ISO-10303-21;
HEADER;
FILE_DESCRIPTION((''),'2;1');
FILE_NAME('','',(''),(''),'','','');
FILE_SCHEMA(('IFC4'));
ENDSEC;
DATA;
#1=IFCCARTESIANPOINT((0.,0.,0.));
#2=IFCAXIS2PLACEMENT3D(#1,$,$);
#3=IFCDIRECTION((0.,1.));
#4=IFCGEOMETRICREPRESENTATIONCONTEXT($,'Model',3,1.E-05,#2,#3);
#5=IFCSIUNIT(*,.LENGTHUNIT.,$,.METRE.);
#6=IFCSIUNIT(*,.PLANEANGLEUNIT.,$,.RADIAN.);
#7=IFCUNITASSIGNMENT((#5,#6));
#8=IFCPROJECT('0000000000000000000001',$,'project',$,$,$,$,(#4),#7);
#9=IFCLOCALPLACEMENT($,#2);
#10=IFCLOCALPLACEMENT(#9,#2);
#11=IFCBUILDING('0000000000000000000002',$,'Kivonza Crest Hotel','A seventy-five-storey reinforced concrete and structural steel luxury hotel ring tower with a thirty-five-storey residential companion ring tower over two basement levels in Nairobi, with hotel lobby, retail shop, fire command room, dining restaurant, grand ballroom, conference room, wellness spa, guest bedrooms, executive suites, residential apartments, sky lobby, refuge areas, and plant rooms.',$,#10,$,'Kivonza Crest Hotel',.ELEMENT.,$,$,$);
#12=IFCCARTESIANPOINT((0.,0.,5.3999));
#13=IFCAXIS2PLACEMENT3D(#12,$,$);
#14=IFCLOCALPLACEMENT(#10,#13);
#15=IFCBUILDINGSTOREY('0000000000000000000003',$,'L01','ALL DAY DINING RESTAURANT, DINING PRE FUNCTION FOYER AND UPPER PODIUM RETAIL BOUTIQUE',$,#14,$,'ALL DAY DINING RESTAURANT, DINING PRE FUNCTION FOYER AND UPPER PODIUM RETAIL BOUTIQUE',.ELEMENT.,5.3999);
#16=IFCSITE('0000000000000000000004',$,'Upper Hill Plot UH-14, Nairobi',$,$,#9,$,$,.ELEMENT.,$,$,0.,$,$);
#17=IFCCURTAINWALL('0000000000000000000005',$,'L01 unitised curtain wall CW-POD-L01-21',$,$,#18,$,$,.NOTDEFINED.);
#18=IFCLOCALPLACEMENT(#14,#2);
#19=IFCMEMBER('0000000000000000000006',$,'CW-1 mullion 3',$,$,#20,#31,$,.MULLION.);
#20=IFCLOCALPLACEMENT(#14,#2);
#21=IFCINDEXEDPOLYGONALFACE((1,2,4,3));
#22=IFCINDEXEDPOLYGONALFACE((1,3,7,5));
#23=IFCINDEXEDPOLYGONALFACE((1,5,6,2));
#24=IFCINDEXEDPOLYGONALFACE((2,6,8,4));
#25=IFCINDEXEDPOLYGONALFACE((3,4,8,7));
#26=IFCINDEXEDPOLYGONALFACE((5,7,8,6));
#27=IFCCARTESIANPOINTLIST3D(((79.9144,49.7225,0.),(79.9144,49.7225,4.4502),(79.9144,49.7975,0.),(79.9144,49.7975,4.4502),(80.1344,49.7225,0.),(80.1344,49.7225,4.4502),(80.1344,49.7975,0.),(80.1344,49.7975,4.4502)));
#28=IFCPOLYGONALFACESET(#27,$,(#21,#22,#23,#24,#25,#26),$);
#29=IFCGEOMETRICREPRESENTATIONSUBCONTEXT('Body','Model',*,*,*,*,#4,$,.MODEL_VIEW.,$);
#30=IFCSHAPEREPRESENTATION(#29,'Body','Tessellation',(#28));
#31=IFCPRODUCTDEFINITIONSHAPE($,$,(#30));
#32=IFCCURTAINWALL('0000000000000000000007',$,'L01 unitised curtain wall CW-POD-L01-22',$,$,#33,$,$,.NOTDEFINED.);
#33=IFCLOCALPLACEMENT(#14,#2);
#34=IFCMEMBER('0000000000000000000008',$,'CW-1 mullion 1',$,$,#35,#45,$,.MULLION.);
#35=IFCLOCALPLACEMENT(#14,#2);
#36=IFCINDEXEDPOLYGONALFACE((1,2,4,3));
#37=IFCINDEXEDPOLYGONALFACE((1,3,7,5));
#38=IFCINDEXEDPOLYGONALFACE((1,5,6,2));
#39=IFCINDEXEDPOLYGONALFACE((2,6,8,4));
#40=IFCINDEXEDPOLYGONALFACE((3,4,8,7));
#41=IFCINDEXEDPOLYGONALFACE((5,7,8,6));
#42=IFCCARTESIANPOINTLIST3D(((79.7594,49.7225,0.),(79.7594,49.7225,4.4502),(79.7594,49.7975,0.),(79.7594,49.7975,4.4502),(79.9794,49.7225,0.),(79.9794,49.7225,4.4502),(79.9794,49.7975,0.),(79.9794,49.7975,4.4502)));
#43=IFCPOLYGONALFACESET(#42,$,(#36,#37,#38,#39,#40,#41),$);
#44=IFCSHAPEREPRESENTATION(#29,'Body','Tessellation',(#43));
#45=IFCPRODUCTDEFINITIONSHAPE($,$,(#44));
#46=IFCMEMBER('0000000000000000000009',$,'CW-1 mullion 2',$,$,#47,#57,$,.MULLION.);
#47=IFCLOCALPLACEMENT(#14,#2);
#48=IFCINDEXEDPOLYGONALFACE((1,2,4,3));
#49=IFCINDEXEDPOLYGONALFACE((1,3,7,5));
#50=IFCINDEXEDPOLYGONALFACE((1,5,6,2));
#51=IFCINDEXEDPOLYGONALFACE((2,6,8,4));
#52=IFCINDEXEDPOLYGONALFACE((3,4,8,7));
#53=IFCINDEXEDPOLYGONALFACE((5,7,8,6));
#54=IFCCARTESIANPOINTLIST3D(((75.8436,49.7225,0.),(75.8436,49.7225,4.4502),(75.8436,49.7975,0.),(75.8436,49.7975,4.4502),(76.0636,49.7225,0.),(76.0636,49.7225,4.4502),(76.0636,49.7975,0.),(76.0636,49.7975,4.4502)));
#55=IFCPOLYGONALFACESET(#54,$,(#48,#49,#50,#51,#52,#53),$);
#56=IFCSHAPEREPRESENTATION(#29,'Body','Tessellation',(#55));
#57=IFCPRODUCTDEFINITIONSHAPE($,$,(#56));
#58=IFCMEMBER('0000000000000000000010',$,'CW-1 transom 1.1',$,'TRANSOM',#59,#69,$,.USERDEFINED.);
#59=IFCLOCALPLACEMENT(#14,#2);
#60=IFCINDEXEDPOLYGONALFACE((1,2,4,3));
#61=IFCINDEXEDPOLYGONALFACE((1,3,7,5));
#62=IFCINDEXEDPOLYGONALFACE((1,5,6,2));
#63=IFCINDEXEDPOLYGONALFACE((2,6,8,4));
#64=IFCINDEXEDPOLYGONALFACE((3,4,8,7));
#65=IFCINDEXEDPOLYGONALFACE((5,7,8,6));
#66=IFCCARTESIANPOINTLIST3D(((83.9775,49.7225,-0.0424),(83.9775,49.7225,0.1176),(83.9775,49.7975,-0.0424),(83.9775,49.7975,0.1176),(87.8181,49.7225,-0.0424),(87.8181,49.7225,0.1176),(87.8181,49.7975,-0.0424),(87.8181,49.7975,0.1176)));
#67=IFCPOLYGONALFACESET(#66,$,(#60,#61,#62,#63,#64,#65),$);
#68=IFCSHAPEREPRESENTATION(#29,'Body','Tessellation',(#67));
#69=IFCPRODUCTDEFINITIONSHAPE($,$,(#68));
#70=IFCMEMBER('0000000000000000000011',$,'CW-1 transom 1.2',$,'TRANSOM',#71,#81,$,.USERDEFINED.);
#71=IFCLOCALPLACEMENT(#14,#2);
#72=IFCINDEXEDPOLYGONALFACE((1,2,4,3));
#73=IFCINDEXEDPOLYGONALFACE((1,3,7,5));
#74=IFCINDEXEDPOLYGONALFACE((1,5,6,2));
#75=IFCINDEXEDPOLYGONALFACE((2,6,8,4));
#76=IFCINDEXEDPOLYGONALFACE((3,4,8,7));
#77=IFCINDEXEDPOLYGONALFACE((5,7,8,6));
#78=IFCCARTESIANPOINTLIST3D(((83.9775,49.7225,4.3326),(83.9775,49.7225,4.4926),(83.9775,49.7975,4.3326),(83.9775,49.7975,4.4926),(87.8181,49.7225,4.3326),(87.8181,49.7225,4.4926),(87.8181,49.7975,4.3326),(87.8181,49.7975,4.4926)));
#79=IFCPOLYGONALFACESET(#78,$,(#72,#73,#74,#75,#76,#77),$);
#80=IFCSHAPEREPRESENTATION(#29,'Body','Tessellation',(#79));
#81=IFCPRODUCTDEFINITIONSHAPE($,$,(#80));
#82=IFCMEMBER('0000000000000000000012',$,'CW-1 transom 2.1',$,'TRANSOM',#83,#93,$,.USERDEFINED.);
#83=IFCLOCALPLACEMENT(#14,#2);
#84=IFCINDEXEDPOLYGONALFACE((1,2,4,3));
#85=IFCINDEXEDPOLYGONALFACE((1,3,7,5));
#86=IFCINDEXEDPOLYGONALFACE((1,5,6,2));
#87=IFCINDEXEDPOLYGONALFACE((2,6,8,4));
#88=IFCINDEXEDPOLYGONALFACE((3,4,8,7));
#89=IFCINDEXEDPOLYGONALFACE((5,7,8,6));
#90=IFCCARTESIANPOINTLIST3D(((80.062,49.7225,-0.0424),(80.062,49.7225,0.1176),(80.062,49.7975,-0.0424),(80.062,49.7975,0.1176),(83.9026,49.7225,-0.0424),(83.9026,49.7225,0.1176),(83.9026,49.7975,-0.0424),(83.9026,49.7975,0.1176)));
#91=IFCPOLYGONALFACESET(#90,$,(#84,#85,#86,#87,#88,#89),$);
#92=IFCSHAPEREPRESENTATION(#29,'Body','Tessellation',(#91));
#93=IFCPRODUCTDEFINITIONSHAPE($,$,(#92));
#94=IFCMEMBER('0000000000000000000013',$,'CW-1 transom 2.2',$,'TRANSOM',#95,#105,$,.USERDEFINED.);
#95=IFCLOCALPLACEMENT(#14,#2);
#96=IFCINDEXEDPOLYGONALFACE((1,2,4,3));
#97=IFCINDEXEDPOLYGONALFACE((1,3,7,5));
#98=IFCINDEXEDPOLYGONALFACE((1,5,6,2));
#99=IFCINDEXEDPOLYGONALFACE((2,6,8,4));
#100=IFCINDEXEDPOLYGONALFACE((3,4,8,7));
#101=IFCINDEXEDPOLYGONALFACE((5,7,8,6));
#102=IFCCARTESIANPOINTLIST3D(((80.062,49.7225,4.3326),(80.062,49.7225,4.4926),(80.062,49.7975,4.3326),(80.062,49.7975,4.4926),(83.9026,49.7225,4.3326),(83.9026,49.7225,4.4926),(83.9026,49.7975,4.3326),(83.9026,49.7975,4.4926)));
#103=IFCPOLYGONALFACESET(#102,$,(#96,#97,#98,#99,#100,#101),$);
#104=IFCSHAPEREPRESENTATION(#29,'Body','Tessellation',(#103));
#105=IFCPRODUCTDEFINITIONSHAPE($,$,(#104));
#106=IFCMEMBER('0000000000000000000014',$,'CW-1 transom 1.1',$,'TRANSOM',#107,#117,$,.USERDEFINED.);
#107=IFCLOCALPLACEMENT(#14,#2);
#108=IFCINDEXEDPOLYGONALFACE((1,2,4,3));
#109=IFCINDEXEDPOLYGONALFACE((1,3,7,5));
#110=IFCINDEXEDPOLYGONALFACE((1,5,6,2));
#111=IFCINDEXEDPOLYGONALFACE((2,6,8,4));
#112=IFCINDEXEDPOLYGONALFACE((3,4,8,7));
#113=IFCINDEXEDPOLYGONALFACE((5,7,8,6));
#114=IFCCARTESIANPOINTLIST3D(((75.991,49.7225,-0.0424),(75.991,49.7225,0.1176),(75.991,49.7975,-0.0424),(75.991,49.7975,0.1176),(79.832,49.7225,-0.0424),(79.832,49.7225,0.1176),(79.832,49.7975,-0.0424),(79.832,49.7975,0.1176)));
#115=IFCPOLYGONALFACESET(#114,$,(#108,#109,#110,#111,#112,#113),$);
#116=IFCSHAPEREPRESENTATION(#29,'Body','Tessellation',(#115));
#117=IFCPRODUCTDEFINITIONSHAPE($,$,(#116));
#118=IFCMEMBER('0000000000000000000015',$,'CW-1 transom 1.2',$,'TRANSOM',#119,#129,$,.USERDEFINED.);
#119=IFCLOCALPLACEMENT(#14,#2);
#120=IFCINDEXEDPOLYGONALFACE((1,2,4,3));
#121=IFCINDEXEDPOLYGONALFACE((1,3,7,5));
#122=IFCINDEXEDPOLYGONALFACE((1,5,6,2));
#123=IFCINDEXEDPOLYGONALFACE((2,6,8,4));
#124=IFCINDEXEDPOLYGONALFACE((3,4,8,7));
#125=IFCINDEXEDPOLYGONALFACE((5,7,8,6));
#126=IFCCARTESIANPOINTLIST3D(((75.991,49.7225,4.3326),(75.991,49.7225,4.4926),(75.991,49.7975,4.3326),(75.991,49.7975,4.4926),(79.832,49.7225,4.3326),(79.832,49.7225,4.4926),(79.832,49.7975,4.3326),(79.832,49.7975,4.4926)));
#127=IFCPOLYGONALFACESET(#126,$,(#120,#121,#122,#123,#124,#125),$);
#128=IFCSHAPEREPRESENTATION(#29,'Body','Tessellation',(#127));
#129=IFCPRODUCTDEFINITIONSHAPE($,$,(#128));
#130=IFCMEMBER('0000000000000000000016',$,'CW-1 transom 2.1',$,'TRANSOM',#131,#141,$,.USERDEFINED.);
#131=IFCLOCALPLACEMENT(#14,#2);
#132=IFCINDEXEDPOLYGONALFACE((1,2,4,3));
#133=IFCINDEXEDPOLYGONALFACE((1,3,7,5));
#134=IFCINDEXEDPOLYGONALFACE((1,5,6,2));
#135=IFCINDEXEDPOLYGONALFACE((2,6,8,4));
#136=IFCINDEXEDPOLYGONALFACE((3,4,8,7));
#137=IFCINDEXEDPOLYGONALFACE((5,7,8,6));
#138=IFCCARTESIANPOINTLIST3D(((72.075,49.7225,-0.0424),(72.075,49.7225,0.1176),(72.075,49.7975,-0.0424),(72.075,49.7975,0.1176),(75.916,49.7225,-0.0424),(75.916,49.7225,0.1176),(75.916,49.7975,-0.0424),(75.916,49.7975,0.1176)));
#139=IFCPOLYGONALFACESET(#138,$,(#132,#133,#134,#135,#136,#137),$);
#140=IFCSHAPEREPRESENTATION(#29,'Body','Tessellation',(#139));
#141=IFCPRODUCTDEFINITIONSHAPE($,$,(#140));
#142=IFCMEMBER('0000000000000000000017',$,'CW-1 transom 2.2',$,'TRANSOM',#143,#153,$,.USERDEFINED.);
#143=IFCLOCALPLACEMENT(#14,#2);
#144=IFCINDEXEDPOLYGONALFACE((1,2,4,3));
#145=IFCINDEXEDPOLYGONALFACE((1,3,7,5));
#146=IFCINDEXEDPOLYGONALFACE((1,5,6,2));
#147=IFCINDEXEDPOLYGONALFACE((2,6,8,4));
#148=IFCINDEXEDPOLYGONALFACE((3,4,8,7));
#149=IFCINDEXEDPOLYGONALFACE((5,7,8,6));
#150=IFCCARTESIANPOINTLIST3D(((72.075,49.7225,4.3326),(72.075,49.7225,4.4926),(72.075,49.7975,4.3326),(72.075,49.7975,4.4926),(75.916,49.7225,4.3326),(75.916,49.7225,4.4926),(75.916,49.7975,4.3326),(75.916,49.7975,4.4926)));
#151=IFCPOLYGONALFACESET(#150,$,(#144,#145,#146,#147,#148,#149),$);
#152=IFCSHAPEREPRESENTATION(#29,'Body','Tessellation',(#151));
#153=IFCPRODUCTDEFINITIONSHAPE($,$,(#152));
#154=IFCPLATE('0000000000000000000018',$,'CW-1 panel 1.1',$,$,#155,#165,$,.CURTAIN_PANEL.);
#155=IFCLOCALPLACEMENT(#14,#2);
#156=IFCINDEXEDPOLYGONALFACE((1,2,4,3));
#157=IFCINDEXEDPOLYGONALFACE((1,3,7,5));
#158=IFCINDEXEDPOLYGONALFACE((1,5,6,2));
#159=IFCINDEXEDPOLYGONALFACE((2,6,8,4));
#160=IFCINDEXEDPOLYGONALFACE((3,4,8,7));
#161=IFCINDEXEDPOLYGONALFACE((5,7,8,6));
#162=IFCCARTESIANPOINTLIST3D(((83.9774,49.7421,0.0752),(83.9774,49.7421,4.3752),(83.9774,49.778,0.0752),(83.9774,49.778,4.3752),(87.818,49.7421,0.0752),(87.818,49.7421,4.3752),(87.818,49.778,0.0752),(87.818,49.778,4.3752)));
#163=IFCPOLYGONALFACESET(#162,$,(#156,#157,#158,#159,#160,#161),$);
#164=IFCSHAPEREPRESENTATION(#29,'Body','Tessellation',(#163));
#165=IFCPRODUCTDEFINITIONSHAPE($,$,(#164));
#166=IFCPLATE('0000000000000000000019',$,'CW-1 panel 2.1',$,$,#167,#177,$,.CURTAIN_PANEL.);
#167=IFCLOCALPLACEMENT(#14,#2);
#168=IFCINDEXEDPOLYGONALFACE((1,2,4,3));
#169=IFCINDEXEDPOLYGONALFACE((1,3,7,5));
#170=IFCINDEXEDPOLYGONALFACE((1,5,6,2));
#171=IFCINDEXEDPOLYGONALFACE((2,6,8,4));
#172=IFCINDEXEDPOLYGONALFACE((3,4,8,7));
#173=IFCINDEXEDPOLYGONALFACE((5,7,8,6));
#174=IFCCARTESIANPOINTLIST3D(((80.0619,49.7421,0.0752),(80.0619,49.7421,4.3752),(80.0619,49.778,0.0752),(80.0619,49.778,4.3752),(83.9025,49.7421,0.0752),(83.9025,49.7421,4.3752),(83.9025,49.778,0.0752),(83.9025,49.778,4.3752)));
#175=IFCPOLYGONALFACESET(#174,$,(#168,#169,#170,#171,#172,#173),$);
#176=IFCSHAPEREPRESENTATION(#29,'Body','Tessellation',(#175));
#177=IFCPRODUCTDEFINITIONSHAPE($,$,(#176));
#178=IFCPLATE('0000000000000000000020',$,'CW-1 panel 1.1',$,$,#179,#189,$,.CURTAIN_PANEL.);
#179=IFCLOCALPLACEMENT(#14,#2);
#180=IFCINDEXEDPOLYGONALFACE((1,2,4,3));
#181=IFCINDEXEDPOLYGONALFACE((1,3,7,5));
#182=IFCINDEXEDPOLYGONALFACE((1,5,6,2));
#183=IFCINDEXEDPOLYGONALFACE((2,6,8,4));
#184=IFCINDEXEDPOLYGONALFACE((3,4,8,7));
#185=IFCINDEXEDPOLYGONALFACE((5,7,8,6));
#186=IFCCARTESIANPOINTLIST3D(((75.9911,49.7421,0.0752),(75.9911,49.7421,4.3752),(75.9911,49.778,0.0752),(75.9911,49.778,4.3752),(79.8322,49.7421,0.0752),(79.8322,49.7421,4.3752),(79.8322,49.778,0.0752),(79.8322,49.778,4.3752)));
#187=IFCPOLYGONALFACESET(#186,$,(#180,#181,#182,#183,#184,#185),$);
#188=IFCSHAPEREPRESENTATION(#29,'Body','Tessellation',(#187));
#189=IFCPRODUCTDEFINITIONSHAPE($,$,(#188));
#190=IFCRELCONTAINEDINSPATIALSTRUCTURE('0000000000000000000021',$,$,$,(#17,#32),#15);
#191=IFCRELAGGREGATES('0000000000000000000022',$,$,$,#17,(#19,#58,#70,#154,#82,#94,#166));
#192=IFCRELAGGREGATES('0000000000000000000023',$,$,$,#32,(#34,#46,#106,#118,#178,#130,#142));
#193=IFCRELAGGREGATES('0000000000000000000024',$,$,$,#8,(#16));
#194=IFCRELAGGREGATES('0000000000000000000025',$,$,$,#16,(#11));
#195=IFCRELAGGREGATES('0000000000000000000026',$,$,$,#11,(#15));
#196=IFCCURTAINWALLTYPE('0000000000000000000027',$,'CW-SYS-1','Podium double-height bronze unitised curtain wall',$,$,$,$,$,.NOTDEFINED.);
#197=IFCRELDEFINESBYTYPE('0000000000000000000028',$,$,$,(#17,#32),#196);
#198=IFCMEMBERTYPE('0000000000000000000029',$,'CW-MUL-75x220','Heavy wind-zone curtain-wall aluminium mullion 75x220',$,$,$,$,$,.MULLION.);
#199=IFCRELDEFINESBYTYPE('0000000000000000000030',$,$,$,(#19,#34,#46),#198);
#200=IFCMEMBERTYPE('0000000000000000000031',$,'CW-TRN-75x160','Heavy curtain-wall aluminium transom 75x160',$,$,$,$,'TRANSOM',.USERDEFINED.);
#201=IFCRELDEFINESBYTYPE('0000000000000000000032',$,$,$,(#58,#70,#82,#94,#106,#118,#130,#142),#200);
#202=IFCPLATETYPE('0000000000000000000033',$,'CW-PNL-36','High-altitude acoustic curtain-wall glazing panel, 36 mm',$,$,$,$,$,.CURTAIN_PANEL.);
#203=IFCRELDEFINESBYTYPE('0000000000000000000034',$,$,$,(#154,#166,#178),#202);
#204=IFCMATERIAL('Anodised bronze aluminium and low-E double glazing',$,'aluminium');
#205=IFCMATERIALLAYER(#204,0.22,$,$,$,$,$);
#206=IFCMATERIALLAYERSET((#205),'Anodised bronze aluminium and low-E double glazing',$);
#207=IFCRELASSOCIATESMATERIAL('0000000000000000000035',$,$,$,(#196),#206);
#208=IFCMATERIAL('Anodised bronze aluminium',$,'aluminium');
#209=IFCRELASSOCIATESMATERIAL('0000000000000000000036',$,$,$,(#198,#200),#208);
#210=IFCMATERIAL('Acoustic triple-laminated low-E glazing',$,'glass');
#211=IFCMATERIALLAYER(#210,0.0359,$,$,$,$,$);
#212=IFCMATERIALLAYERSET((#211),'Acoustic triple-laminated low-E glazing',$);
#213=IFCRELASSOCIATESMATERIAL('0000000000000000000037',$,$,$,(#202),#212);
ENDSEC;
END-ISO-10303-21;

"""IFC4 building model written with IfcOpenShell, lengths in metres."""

from ifc_helpers import new_model, si_unit, direction, frame, origin, origin_2d, place, context, subcontext, project, spatial, rectangle, extrude, material, layer, layer_set, material_profile, profile_set, type_object, element, aggregate, save


model = new_model("IFC4")

# Units and contexts
model_context = context("Model", 3, precision=1e-05, world=origin(), true_north=direction((0.0, 1.0)))
body_context = subcontext(model_context, "Body", "Model", "MODEL_VIEW")
ifc_project = project(units=[si_unit("LENGTHUNIT", "METRE"), si_unit("PLANEANGLEUNIT", "RADIAN")], contexts=[model_context])

# Site, building, storey
site_placement = place(None, origin())
site = spatial("IfcSite", under=ifc_project, at=site_placement, Name="Upper Hill Plot UH-14, Nairobi", CompositionType="ELEMENT", RefElevation=0.0)
building_placement = place(site_placement, origin())
building = spatial("IfcBuilding", under=site, at=building_placement, Name="Kivonza Crest Hotel", Description="A seventy-five-storey reinforced concrete and structural steel luxury hotel ring tower with a thirty-five-storey residential companion ring tower over two basement levels in Nairobi, with hotel lobby, retail shop, fire command room, dining restaurant, grand ballroom, conference room, wellness spa, guest bedrooms, executive suites, residential apartments, sky lobby, refuge areas, and plant rooms.", LongName="Kivonza Crest Hotel", CompositionType="ELEMENT")
storey_placement = place(building_placement, frame((0.0, 0.0, 5.3999)))
storey = spatial("IfcBuildingStorey", under=building, at=storey_placement, Name="L01", Description="ALL DAY DINING RESTAURANT, DINING PRE FUNCTION FOYER AND UPPER PODIUM RETAIL BOUTIQUE", LongName="ALL DAY DINING RESTAURANT, DINING PRE FUNCTION FOYER AND UPPER PODIUM RETAIL BOUTIQUE", CompositionType="ELEMENT", Elevation=5.3999)

# Curtain walls, members
ifc_material_1 = material(Name="Anodised bronze aluminium and low-E double glazing", Category="aluminium")
ifc_layer_1 = layer(ifc_material_1, 0.22)
ifc_layer_set_1 = layer_set([ifc_layer_1], Name="Anodised bronze aluminium and low-E double glazing")
curtain_wall_type = type_object("IfcCurtainWallType", Name="CW-SYS-1", Description="Podium double-height bronze unitised curtain wall", PredefinedType="NOTDEFINED", material=ifc_layer_set_1)
curtain_wall_1_placement = place(storey_placement, origin())
curtain_wall_1 = element("IfcCurtainWall", 1, at=curtain_wall_1_placement, inside=storey, type_object=curtain_wall_type, Name="L01 unitised curtain wall CW-POD-L01-21", PredefinedType="NOTDEFINED")
ifc_material_2 = material(Name="Anodised bronze aluminium", Category="aluminium")
ifc_material_profile_1 = material_profile(ifc_material_2, rectangle(XDim=0.075, YDim=0.22, at=origin_2d()), Name="CW-M 75x220")
ifc_profile_set_1 = profile_set([ifc_material_profile_1], Name="Anodised bronze aluminium")
member_type_1 = type_object("IfcMemberType", Name="CW-MUL-75x220", Description="Heavy wind-zone curtain-wall aluminium mullion 75x220", PredefinedType="MULLION", material=ifc_profile_set_1)
member_1_placement = place(storey_placement, frame((80.0244, 49.76, 0.0), z_axis=(0.0, 0.0, 1.0), x_axis=(0.0, -1.0, 0.0)))
member_1 = element("IfcMember", 2, at=member_1_placement, type_object=member_type_1, Name="CW-1 mullion 3", PredefinedType="MULLION", context=body_context, shape_type="SweptSolid", body=[
    extrude(rectangle(XDim=0.075, YDim=0.22, at=origin_2d()), origin(), (0.0, 0.0, 1.0), 4.4502),
])
curtain_wall_2_placement = place(storey_placement, origin())
curtain_wall_2 = element("IfcCurtainWall", 3, at=curtain_wall_2_placement, inside=storey, type_object=curtain_wall_type, Name="L01 unitised curtain wall CW-POD-L01-22", PredefinedType="NOTDEFINED")
member_2_placement = place(storey_placement, frame((79.8694, 49.76, 0.0), z_axis=(0.0, 0.0, 1.0), x_axis=(0.0, -1.0, 0.0)))
member_2 = element("IfcMember", 4, at=member_2_placement, type_object=member_type_1, Name="CW-1 mullion 1", PredefinedType="MULLION", context=body_context, shape_type="SweptSolid", body=[
    extrude(rectangle(XDim=0.075, YDim=0.22, at=origin_2d()), origin(), (0.0, 0.0, 1.0), 4.4502),
])
member_3_placement = place(storey_placement, frame((75.9536, 49.76, 0.0), z_axis=(0.0, 0.0, 1.0), x_axis=(0.0, -1.0, 0.0)))
member_3 = element("IfcMember", 5, at=member_3_placement, type_object=member_type_1, Name="CW-1 mullion 2", PredefinedType="MULLION", context=body_context, shape_type="SweptSolid", body=[
    extrude(rectangle(XDim=0.075, YDim=0.22, at=origin_2d()), origin(), (0.0, 0.0, 1.0), 4.4502),
])

# Members
ifc_material_profile_2 = material_profile(ifc_material_2, rectangle(XDim=0.075, YDim=0.1599, at=origin_2d()), Name="CW-T 75x160")
ifc_profile_set_2 = profile_set([ifc_material_profile_2], Name="Anodised bronze aluminium")
member_type_2 = type_object("IfcMemberType", Name="CW-TRN-75x160", Description="Heavy curtain-wall aluminium transom 75x160", ElementType="TRANSOM", PredefinedType="USERDEFINED", material=ifc_profile_set_2)
member_4_placement = place(storey_placement, frame((87.8181, 49.76, 0.0376), z_axis=(-1.0, 0.0, 0.0), x_axis=(0.0, -1.0, 0.0)))
member_4 = element("IfcMember", 6, at=member_4_placement, type_object=member_type_2, Name="CW-1 transom 1.1", ObjectType="TRANSOM", PredefinedType="USERDEFINED", context=body_context, shape_type="SweptSolid", body=[
    extrude(rectangle(XDim=0.075, YDim=0.1599, at=origin_2d()), origin(), (0.0, 0.0, 1.0), 3.8406),
])
member_5_placement = place(storey_placement, frame((87.8181, 49.76, 4.4126), z_axis=(-1.0, 0.0, 0.0), x_axis=(0.0, -1.0, 0.0)))
member_5 = element("IfcMember", 7, at=member_5_placement, type_object=member_type_2, Name="CW-1 transom 1.2", ObjectType="TRANSOM", PredefinedType="USERDEFINED", context=body_context, shape_type="SweptSolid", body=[
    extrude(rectangle(XDim=0.075, YDim=0.1599, at=origin_2d()), origin(), (0.0, 0.0, 1.0), 3.8406),
])
member_6_placement = place(storey_placement, frame((83.9026, 49.76, 0.0376), z_axis=(-1.0, 0.0, 0.0), x_axis=(0.0, -1.0, 0.0)))
member_6 = element("IfcMember", 8, at=member_6_placement, type_object=member_type_2, Name="CW-1 transom 2.1", ObjectType="TRANSOM", PredefinedType="USERDEFINED", context=body_context, shape_type="SweptSolid", body=[
    extrude(rectangle(XDim=0.075, YDim=0.1599, at=origin_2d()), origin(), (0.0, 0.0, 1.0), 3.8406),
])
member_7_placement = place(storey_placement, frame((83.9026, 49.76, 4.4126), z_axis=(-1.0, 0.0, 0.0), x_axis=(0.0, -1.0, 0.0)))
member_7 = element("IfcMember", 9, at=member_7_placement, type_object=member_type_2, Name="CW-1 transom 2.2", ObjectType="TRANSOM", PredefinedType="USERDEFINED", context=body_context, shape_type="SweptSolid", body=[
    extrude(rectangle(XDim=0.075, YDim=0.1599, at=origin_2d()), origin(), (0.0, 0.0, 1.0), 3.8406),
])
member_8_placement = place(storey_placement, frame((79.832, 49.76, 0.0376), z_axis=(-1.0, 0.0, 0.0), x_axis=(0.0, -1.0, 0.0)))
member_8 = element("IfcMember", 10, at=member_8_placement, type_object=member_type_2, Name="CW-1 transom 1.1", ObjectType="TRANSOM", PredefinedType="USERDEFINED", context=body_context, shape_type="SweptSolid", body=[
    extrude(rectangle(XDim=0.075, YDim=0.1599, at=origin_2d()), origin(), (0.0, 0.0, 1.0), 3.8411),
])
member_9_placement = place(storey_placement, frame((79.832, 49.76, 4.4126), z_axis=(-1.0, 0.0, 0.0), x_axis=(0.0, -1.0, 0.0)))
member_9 = element("IfcMember", 11, at=member_9_placement, type_object=member_type_2, Name="CW-1 transom 1.2", ObjectType="TRANSOM", PredefinedType="USERDEFINED", context=body_context, shape_type="SweptSolid", body=[
    extrude(rectangle(XDim=0.075, YDim=0.1599, at=origin_2d()), origin(), (0.0, 0.0, 1.0), 3.8411),
])
member_10_placement = place(storey_placement, frame((75.916, 49.76, 0.0376), z_axis=(-1.0, 0.0, 0.0), x_axis=(0.0, -1.0, 0.0)))
member_10 = element("IfcMember", 12, at=member_10_placement, type_object=member_type_2, Name="CW-1 transom 2.1", ObjectType="TRANSOM", PredefinedType="USERDEFINED", context=body_context, shape_type="SweptSolid", body=[
    extrude(rectangle(XDim=0.075, YDim=0.1599, at=origin_2d()), origin(), (0.0, 0.0, 1.0), 3.8411),
])
member_11_placement = place(storey_placement, frame((75.916, 49.76, 4.4126), z_axis=(-1.0, 0.0, 0.0), x_axis=(0.0, -1.0, 0.0)))
member_11 = element("IfcMember", 13, at=member_11_placement, type_object=member_type_2, Name="CW-1 transom 2.2", ObjectType="TRANSOM", PredefinedType="USERDEFINED", context=body_context, shape_type="SweptSolid", body=[
    extrude(rectangle(XDim=0.075, YDim=0.1599, at=origin_2d()), origin(), (0.0, 0.0, 1.0), 3.8411),
])

# Plates
ifc_material_3 = material(Name="Acoustic triple-laminated low-E glazing", Category="glass")
ifc_layer_2 = layer(ifc_material_3, 0.0359)
ifc_layer_set_2 = layer_set([ifc_layer_2], Name="Acoustic triple-laminated low-E glazing")
plate_type = type_object("IfcPlateType", Name="CW-PNL-36", Description="High-altitude acoustic curtain-wall glazing panel, 36 mm", PredefinedType="CURTAIN_PANEL", material=ifc_layer_set_2)
plate_1_placement = place(storey_placement, frame((85.8977, 49.76, 0.0752), z_axis=(0.0, 0.0, 1.0), x_axis=(-1.0, 0.0, 0.0)))
plate_1 = element("IfcPlate", 14, at=plate_1_placement, type_object=plate_type, Name="CW-1 panel 1.1", PredefinedType="CURTAIN_PANEL", context=body_context, shape_type="SweptSolid", body=[
    extrude(rectangle(XDim=3.8406, YDim=0.0359, at=origin_2d()), origin(), (0.0, 0.0, 1.0), 4.3),
])
plate_2_placement = place(storey_placement, frame((81.9822, 49.76, 0.0752), z_axis=(0.0, 0.0, 1.0), x_axis=(-1.0, 0.0, 0.0)))
plate_2 = element("IfcPlate", 15, at=plate_2_placement, type_object=plate_type, Name="CW-1 panel 2.1", PredefinedType="CURTAIN_PANEL", context=body_context, shape_type="SweptSolid", body=[
    extrude(rectangle(XDim=3.8406, YDim=0.0359, at=origin_2d()), origin(), (0.0, 0.0, 1.0), 4.3),
])
aggregate(curtain_wall_1, [member_1, member_4, member_5, plate_1, member_6, member_7, plate_2])
plate_3_placement = place(storey_placement, frame((77.9116, 49.76, 0.0752), z_axis=(0.0, 0.0, 1.0), x_axis=(-1.0, 0.0, 0.0)))
plate_3 = element("IfcPlate", 16, at=plate_3_placement, type_object=plate_type, Name="CW-1 panel 1.1", PredefinedType="CURTAIN_PANEL", context=body_context, shape_type="SweptSolid", body=[
    extrude(rectangle(XDim=3.8411, YDim=0.0359, at=origin_2d()), origin(), (0.0, 0.0, 1.0), 4.3),
])
aggregate(curtain_wall_2, [member_2, member_3, member_8, member_9, plate_3, member_10, member_11])

save(model, "model.ifc")
